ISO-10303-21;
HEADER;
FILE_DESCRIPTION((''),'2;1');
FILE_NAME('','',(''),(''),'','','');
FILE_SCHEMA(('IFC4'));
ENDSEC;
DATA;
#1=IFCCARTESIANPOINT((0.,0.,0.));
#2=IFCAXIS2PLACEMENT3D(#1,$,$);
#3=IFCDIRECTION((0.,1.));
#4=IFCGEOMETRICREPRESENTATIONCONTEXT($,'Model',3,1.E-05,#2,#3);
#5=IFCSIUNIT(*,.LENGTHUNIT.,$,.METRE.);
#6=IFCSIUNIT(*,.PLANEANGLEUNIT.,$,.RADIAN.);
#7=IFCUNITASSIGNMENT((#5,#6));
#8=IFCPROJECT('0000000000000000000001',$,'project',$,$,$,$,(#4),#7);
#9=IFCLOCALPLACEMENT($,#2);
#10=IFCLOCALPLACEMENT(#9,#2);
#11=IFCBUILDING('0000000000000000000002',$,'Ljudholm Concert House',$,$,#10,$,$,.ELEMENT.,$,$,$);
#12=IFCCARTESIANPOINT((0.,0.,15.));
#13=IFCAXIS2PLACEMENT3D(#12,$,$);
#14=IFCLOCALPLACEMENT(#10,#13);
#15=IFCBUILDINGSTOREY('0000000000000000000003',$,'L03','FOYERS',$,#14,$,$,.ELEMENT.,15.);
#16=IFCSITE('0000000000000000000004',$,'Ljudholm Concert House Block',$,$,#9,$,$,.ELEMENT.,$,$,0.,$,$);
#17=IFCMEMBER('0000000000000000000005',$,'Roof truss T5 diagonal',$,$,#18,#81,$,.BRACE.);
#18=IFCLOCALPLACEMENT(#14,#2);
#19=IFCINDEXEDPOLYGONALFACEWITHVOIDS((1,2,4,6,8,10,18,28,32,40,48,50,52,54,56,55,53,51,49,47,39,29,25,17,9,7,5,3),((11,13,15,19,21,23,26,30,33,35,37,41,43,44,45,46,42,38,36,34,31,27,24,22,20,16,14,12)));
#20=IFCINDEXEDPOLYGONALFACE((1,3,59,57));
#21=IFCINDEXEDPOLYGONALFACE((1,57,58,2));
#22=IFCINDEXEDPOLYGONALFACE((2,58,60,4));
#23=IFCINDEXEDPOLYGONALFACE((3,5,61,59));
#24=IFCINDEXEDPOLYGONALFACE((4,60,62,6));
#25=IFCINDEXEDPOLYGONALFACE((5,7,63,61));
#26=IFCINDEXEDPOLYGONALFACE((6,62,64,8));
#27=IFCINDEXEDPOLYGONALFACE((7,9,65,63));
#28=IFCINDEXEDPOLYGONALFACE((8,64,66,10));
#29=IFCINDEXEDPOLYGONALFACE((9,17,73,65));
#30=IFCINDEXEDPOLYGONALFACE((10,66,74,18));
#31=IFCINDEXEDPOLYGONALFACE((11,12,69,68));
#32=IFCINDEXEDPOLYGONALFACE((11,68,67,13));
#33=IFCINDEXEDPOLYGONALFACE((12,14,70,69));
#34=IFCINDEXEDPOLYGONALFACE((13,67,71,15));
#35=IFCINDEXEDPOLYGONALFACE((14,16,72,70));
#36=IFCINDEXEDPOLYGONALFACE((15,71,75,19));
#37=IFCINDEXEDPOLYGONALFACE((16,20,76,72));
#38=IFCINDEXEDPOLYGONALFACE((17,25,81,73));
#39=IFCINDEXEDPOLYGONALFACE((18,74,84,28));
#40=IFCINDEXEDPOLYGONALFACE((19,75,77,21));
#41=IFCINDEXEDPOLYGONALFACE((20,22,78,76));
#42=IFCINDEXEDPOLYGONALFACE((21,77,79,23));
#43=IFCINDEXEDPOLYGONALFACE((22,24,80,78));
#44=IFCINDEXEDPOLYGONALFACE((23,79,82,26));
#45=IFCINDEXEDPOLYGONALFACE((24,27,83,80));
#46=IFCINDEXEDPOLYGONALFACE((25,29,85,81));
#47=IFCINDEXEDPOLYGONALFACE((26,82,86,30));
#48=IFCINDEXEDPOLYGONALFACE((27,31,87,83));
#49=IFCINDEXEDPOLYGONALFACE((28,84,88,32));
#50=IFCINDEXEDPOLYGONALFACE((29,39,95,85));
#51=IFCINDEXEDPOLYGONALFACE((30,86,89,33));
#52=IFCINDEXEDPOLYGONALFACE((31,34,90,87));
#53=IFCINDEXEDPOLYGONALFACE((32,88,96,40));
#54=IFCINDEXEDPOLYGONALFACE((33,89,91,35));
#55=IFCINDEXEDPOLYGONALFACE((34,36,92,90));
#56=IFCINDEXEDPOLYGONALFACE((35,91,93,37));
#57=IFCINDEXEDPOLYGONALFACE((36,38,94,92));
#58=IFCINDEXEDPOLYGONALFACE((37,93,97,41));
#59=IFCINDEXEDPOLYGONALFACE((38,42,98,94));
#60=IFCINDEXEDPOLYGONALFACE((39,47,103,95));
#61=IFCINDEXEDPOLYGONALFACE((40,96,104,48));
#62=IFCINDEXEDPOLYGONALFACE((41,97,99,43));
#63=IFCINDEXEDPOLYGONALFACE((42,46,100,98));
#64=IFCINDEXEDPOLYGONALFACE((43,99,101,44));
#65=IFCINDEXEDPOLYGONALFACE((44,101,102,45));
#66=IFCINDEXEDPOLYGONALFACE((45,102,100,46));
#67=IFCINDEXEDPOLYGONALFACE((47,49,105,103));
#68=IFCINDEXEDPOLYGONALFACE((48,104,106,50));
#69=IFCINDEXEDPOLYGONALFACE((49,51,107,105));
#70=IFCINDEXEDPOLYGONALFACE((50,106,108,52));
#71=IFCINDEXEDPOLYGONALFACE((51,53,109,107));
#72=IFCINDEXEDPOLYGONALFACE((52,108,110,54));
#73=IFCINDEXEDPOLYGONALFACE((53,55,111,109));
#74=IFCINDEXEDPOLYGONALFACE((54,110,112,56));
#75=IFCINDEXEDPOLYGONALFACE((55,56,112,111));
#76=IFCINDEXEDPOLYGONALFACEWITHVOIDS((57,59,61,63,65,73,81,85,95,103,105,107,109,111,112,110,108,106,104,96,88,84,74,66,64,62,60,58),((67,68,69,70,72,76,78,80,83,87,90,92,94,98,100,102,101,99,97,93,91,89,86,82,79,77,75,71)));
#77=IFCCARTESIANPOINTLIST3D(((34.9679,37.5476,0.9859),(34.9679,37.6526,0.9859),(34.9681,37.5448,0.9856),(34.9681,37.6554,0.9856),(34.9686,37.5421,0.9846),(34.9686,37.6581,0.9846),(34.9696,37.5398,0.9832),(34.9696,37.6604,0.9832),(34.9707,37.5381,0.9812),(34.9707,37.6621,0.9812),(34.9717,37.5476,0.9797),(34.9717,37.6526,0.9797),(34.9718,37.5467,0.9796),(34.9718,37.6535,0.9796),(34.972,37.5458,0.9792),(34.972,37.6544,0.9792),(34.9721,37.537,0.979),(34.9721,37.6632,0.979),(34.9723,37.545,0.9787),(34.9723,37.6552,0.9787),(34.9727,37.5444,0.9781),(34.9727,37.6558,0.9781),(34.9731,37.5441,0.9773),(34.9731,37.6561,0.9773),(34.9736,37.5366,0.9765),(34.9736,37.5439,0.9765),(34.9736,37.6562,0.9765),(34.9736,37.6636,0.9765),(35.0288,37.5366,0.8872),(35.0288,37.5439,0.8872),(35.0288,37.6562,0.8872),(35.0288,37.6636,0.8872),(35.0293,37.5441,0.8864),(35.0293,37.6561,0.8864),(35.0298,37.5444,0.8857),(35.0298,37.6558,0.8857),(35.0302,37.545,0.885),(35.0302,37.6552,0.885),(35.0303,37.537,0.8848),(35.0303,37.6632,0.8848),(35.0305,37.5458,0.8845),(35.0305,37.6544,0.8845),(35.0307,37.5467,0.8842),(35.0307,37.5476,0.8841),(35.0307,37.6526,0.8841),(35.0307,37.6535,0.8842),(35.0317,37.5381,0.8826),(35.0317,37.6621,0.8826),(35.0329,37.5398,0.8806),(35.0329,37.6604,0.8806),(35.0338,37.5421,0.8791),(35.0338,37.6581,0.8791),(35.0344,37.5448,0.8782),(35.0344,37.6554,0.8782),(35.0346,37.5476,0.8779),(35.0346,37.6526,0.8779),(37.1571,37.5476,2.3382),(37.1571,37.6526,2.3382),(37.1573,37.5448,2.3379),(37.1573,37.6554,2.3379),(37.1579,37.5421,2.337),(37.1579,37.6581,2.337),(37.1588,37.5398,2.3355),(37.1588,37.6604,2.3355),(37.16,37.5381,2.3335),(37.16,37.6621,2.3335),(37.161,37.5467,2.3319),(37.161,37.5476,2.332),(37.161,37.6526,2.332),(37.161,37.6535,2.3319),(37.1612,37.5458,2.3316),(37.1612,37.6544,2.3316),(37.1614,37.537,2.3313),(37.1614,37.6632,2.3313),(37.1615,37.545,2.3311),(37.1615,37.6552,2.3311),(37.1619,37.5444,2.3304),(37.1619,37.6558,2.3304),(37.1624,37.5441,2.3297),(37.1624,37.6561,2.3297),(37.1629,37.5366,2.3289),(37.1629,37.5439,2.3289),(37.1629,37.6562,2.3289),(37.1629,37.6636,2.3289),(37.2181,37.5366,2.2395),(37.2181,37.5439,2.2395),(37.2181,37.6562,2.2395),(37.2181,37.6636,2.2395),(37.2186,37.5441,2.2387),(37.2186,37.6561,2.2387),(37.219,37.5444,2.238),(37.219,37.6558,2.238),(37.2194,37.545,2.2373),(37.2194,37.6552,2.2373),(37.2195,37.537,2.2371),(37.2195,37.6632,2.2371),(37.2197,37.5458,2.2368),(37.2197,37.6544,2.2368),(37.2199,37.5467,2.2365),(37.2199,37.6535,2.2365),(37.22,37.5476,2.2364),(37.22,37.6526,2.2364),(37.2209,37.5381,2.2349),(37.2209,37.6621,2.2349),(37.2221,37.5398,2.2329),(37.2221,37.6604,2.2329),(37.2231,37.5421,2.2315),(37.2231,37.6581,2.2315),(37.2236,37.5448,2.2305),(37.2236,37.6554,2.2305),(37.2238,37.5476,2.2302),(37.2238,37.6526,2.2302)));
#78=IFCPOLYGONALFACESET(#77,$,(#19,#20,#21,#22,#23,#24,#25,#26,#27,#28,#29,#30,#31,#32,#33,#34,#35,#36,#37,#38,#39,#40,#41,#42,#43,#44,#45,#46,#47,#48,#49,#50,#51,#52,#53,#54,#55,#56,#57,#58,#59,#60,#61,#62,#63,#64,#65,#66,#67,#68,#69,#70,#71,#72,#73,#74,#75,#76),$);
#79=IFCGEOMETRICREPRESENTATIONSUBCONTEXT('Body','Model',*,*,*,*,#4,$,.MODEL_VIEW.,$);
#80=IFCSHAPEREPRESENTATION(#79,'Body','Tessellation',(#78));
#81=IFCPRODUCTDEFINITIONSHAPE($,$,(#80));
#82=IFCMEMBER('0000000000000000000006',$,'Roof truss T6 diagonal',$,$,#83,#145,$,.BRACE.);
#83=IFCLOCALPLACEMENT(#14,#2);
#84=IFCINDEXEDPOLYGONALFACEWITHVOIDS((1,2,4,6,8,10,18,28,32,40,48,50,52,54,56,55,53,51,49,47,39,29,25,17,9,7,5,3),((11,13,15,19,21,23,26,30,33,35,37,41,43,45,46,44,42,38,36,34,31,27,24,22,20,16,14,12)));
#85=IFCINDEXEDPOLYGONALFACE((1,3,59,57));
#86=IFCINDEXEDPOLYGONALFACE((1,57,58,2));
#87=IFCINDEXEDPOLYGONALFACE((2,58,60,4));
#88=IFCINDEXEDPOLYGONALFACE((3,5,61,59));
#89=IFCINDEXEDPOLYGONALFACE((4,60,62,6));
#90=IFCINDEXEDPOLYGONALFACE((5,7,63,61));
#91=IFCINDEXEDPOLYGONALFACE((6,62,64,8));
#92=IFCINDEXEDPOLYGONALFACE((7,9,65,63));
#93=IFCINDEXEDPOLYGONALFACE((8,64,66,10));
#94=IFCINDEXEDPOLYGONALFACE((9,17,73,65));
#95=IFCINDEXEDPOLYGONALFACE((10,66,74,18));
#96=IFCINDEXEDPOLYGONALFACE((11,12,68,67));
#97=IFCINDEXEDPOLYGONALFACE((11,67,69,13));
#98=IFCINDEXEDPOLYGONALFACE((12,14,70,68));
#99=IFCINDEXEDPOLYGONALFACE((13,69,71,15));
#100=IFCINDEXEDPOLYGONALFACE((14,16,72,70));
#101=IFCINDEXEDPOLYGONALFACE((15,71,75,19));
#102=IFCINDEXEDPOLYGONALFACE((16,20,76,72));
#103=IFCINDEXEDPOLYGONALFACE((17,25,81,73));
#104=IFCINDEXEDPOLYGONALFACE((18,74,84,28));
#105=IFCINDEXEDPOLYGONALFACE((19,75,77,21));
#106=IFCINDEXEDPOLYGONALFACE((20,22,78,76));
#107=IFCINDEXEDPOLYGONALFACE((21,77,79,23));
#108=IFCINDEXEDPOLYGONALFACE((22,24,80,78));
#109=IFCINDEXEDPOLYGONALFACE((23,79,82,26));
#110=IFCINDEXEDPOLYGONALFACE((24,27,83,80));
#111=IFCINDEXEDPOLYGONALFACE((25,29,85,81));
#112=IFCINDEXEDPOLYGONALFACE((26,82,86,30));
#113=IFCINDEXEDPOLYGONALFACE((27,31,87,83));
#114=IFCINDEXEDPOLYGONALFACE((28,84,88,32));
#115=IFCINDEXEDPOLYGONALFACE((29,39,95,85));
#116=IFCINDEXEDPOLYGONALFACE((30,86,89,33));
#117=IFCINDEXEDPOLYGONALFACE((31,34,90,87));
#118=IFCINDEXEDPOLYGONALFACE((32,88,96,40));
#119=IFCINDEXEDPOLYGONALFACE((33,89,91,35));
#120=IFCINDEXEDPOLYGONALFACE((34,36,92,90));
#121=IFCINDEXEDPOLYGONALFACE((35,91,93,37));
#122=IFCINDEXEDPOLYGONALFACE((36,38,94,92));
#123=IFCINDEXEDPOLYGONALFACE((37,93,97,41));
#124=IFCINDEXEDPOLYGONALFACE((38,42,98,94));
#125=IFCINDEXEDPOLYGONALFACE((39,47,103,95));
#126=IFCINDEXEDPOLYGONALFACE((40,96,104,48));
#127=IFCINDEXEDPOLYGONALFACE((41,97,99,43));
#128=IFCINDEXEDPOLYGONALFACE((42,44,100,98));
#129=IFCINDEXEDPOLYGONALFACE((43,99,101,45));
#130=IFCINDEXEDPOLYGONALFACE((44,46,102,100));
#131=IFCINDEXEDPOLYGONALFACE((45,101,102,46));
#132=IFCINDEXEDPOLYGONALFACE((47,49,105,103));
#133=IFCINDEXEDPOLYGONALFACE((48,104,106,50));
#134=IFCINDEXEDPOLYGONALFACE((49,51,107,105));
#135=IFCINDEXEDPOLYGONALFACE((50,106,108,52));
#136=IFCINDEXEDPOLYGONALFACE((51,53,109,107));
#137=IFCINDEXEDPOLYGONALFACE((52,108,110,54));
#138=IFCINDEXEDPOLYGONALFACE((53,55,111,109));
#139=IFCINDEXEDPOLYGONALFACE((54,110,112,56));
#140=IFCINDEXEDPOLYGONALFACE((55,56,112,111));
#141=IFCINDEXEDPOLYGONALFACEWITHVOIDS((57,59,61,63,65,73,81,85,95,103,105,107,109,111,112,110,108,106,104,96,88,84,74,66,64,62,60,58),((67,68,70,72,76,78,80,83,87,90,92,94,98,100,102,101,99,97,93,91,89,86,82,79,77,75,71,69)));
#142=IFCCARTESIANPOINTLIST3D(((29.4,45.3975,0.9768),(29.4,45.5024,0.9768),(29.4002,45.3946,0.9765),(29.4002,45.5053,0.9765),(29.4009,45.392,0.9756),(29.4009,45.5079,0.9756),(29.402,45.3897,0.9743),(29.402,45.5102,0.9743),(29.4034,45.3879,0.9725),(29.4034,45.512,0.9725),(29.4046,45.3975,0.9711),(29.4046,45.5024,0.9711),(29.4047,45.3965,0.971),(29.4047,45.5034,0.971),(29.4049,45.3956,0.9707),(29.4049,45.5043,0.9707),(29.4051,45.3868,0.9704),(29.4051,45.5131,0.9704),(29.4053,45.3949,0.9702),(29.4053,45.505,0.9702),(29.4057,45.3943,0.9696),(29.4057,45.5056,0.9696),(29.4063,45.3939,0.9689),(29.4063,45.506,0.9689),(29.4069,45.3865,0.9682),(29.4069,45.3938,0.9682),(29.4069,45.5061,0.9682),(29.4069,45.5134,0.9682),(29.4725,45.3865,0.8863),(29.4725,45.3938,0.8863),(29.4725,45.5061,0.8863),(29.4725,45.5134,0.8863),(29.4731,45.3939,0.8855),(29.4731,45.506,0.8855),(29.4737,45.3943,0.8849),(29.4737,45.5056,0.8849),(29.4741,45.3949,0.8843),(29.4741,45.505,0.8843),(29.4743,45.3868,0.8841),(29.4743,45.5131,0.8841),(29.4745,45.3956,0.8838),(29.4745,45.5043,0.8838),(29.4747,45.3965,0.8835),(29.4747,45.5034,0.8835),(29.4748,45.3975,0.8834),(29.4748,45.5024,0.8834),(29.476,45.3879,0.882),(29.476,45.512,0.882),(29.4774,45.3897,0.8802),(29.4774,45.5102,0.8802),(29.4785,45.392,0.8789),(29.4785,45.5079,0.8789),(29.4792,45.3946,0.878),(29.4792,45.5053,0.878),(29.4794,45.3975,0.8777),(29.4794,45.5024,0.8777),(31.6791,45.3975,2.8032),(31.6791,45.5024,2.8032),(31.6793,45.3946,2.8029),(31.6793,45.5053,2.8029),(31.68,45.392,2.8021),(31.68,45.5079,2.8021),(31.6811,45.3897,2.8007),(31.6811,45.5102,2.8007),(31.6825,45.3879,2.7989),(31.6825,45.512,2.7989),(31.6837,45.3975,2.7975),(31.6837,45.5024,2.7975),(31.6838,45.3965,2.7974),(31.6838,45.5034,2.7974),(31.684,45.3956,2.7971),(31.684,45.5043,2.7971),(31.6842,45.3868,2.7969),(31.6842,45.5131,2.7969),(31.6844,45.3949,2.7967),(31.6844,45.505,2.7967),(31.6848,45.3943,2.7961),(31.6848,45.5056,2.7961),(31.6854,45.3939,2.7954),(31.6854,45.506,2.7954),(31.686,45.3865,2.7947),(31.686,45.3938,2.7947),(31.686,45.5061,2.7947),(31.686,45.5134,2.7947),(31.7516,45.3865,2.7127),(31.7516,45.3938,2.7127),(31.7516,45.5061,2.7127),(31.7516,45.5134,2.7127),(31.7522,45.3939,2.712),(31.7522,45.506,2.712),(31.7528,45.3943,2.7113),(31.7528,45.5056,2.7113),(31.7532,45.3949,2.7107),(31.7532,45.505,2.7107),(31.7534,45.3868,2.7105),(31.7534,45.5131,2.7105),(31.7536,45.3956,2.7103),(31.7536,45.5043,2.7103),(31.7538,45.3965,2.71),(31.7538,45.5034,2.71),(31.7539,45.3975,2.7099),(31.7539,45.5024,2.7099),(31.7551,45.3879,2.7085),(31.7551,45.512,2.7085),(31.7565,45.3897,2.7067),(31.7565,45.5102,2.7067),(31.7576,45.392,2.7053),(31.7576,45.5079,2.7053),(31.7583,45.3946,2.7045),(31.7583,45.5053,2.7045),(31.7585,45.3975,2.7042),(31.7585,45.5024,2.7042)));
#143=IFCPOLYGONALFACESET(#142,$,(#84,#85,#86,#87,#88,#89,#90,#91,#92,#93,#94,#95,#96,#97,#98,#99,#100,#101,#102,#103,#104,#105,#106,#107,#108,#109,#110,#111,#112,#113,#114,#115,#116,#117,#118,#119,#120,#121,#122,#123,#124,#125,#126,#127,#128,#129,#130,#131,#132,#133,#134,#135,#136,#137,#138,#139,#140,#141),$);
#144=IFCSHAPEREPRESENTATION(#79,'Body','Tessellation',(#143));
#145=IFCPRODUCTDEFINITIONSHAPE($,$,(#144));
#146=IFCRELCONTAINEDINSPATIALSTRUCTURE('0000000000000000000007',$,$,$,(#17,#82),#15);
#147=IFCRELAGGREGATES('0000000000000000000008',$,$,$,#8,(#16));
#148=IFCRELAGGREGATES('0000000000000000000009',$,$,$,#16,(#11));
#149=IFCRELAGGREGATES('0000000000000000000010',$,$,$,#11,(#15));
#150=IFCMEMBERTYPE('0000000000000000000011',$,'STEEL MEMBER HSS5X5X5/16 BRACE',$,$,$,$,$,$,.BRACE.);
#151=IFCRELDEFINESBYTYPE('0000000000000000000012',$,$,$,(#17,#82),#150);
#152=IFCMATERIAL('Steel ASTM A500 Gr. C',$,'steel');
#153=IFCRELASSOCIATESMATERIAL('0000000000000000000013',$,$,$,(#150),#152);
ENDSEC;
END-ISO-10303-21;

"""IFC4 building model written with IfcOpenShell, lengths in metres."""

from ifc_helpers import new_model, si_unit, direction, frame, origin, origin_2d, place, context, subcontext, project, spatial, hollow_rectangle, extrude, material, material_profile, profile_set, type_object, element, save


model = new_model("IFC4")

# Units and contexts
model_context = context("Model", 3, precision=1e-05, world=origin(), true_north=direction((0.0, 1.0)))
body_context = subcontext(model_context, "Body", "Model", "MODEL_VIEW")
ifc_project = project(units=[si_unit("LENGTHUNIT", "METRE"), si_unit("PLANEANGLEUNIT", "RADIAN")], contexts=[model_context])

# Site, building, storey
site_placement = place(None, origin())
site = spatial("IfcSite", under=ifc_project, at=site_placement, Name="Ljudholm Concert House Block", CompositionType="ELEMENT", RefElevation=0.0)
building_placement = place(site_placement, origin())
building = spatial("IfcBuilding", under=site, at=building_placement, Name="Ljudholm Concert House", CompositionType="ELEMENT")
storey_placement = place(building_placement, frame((0.0, 0.0, 15.0)))
storey = spatial("IfcBuildingStorey", under=building, at=storey_placement, Name="L03", Description="FOYERS", CompositionType="ELEMENT", Elevation=15.0)

# Members
ifc_material_1 = material(Name="Steel ASTM A500 Gr. C", Category="steel")
ifc_material_profile_1 = material_profile(ifc_material_1, hollow_rectangle(XDim=0.127, YDim=0.127, WallThickness=0.0073, InnerFilletRadius=0.0037, OuterFilletRadius=0.011, at=origin_2d()), Name="HSS5X5X5/16")
ifc_profile_set_1 = profile_set([ifc_material_profile_1], Name="Steel ASTM A500 Gr. C")
member_type_1 = type_object("IfcMemberType", Name="STEEL MEMBER HSS5X5X5/16 BRACE", PredefinedType="BRACE", material=ifc_profile_set_1)
member_1_placement = place(storey_placement, frame((35.0012, 37.6001, 0.9319), z_axis=(0.850774, 0.0, 0.525531), x_axis=(0.0, 1.0, 0.0)))
element("IfcMember", 1, at=member_1_placement, inside=storey, type_object=member_type_1, Name="Roof truss T5 diagonal", PredefinedType="BRACE", context=body_context, shape_type="SweptSolid", body=[
    extrude(hollow_rectangle(XDim=0.127, YDim=0.127, WallThickness=0.0073, InnerFilletRadius=0.0037, OuterFilletRadius=0.011, at=origin_2d()), origin(), (0.0, 0.0, 1.0), 2.5732),
])
member_2_placement = place(storey_placement, frame((29.4397, 45.45, 0.9272), z_axis=(0.780338, 0.0, 0.625357), x_axis=(0.0, 1.0, 0.0)))
element("IfcMember", 2, at=member_2_placement, inside=storey, type_object=member_type_1, Name="Roof truss T6 diagonal", PredefinedType="BRACE", context=body_context, shape_type="SweptSolid", body=[
    extrude(hollow_rectangle(XDim=0.127, YDim=0.127, WallThickness=0.0073, InnerFilletRadius=0.0037, OuterFilletRadius=0.011, at=origin_2d()), origin(), (0.0, 0.0, 1.0), 2.9207),
])

save(model, "model.ifc")
